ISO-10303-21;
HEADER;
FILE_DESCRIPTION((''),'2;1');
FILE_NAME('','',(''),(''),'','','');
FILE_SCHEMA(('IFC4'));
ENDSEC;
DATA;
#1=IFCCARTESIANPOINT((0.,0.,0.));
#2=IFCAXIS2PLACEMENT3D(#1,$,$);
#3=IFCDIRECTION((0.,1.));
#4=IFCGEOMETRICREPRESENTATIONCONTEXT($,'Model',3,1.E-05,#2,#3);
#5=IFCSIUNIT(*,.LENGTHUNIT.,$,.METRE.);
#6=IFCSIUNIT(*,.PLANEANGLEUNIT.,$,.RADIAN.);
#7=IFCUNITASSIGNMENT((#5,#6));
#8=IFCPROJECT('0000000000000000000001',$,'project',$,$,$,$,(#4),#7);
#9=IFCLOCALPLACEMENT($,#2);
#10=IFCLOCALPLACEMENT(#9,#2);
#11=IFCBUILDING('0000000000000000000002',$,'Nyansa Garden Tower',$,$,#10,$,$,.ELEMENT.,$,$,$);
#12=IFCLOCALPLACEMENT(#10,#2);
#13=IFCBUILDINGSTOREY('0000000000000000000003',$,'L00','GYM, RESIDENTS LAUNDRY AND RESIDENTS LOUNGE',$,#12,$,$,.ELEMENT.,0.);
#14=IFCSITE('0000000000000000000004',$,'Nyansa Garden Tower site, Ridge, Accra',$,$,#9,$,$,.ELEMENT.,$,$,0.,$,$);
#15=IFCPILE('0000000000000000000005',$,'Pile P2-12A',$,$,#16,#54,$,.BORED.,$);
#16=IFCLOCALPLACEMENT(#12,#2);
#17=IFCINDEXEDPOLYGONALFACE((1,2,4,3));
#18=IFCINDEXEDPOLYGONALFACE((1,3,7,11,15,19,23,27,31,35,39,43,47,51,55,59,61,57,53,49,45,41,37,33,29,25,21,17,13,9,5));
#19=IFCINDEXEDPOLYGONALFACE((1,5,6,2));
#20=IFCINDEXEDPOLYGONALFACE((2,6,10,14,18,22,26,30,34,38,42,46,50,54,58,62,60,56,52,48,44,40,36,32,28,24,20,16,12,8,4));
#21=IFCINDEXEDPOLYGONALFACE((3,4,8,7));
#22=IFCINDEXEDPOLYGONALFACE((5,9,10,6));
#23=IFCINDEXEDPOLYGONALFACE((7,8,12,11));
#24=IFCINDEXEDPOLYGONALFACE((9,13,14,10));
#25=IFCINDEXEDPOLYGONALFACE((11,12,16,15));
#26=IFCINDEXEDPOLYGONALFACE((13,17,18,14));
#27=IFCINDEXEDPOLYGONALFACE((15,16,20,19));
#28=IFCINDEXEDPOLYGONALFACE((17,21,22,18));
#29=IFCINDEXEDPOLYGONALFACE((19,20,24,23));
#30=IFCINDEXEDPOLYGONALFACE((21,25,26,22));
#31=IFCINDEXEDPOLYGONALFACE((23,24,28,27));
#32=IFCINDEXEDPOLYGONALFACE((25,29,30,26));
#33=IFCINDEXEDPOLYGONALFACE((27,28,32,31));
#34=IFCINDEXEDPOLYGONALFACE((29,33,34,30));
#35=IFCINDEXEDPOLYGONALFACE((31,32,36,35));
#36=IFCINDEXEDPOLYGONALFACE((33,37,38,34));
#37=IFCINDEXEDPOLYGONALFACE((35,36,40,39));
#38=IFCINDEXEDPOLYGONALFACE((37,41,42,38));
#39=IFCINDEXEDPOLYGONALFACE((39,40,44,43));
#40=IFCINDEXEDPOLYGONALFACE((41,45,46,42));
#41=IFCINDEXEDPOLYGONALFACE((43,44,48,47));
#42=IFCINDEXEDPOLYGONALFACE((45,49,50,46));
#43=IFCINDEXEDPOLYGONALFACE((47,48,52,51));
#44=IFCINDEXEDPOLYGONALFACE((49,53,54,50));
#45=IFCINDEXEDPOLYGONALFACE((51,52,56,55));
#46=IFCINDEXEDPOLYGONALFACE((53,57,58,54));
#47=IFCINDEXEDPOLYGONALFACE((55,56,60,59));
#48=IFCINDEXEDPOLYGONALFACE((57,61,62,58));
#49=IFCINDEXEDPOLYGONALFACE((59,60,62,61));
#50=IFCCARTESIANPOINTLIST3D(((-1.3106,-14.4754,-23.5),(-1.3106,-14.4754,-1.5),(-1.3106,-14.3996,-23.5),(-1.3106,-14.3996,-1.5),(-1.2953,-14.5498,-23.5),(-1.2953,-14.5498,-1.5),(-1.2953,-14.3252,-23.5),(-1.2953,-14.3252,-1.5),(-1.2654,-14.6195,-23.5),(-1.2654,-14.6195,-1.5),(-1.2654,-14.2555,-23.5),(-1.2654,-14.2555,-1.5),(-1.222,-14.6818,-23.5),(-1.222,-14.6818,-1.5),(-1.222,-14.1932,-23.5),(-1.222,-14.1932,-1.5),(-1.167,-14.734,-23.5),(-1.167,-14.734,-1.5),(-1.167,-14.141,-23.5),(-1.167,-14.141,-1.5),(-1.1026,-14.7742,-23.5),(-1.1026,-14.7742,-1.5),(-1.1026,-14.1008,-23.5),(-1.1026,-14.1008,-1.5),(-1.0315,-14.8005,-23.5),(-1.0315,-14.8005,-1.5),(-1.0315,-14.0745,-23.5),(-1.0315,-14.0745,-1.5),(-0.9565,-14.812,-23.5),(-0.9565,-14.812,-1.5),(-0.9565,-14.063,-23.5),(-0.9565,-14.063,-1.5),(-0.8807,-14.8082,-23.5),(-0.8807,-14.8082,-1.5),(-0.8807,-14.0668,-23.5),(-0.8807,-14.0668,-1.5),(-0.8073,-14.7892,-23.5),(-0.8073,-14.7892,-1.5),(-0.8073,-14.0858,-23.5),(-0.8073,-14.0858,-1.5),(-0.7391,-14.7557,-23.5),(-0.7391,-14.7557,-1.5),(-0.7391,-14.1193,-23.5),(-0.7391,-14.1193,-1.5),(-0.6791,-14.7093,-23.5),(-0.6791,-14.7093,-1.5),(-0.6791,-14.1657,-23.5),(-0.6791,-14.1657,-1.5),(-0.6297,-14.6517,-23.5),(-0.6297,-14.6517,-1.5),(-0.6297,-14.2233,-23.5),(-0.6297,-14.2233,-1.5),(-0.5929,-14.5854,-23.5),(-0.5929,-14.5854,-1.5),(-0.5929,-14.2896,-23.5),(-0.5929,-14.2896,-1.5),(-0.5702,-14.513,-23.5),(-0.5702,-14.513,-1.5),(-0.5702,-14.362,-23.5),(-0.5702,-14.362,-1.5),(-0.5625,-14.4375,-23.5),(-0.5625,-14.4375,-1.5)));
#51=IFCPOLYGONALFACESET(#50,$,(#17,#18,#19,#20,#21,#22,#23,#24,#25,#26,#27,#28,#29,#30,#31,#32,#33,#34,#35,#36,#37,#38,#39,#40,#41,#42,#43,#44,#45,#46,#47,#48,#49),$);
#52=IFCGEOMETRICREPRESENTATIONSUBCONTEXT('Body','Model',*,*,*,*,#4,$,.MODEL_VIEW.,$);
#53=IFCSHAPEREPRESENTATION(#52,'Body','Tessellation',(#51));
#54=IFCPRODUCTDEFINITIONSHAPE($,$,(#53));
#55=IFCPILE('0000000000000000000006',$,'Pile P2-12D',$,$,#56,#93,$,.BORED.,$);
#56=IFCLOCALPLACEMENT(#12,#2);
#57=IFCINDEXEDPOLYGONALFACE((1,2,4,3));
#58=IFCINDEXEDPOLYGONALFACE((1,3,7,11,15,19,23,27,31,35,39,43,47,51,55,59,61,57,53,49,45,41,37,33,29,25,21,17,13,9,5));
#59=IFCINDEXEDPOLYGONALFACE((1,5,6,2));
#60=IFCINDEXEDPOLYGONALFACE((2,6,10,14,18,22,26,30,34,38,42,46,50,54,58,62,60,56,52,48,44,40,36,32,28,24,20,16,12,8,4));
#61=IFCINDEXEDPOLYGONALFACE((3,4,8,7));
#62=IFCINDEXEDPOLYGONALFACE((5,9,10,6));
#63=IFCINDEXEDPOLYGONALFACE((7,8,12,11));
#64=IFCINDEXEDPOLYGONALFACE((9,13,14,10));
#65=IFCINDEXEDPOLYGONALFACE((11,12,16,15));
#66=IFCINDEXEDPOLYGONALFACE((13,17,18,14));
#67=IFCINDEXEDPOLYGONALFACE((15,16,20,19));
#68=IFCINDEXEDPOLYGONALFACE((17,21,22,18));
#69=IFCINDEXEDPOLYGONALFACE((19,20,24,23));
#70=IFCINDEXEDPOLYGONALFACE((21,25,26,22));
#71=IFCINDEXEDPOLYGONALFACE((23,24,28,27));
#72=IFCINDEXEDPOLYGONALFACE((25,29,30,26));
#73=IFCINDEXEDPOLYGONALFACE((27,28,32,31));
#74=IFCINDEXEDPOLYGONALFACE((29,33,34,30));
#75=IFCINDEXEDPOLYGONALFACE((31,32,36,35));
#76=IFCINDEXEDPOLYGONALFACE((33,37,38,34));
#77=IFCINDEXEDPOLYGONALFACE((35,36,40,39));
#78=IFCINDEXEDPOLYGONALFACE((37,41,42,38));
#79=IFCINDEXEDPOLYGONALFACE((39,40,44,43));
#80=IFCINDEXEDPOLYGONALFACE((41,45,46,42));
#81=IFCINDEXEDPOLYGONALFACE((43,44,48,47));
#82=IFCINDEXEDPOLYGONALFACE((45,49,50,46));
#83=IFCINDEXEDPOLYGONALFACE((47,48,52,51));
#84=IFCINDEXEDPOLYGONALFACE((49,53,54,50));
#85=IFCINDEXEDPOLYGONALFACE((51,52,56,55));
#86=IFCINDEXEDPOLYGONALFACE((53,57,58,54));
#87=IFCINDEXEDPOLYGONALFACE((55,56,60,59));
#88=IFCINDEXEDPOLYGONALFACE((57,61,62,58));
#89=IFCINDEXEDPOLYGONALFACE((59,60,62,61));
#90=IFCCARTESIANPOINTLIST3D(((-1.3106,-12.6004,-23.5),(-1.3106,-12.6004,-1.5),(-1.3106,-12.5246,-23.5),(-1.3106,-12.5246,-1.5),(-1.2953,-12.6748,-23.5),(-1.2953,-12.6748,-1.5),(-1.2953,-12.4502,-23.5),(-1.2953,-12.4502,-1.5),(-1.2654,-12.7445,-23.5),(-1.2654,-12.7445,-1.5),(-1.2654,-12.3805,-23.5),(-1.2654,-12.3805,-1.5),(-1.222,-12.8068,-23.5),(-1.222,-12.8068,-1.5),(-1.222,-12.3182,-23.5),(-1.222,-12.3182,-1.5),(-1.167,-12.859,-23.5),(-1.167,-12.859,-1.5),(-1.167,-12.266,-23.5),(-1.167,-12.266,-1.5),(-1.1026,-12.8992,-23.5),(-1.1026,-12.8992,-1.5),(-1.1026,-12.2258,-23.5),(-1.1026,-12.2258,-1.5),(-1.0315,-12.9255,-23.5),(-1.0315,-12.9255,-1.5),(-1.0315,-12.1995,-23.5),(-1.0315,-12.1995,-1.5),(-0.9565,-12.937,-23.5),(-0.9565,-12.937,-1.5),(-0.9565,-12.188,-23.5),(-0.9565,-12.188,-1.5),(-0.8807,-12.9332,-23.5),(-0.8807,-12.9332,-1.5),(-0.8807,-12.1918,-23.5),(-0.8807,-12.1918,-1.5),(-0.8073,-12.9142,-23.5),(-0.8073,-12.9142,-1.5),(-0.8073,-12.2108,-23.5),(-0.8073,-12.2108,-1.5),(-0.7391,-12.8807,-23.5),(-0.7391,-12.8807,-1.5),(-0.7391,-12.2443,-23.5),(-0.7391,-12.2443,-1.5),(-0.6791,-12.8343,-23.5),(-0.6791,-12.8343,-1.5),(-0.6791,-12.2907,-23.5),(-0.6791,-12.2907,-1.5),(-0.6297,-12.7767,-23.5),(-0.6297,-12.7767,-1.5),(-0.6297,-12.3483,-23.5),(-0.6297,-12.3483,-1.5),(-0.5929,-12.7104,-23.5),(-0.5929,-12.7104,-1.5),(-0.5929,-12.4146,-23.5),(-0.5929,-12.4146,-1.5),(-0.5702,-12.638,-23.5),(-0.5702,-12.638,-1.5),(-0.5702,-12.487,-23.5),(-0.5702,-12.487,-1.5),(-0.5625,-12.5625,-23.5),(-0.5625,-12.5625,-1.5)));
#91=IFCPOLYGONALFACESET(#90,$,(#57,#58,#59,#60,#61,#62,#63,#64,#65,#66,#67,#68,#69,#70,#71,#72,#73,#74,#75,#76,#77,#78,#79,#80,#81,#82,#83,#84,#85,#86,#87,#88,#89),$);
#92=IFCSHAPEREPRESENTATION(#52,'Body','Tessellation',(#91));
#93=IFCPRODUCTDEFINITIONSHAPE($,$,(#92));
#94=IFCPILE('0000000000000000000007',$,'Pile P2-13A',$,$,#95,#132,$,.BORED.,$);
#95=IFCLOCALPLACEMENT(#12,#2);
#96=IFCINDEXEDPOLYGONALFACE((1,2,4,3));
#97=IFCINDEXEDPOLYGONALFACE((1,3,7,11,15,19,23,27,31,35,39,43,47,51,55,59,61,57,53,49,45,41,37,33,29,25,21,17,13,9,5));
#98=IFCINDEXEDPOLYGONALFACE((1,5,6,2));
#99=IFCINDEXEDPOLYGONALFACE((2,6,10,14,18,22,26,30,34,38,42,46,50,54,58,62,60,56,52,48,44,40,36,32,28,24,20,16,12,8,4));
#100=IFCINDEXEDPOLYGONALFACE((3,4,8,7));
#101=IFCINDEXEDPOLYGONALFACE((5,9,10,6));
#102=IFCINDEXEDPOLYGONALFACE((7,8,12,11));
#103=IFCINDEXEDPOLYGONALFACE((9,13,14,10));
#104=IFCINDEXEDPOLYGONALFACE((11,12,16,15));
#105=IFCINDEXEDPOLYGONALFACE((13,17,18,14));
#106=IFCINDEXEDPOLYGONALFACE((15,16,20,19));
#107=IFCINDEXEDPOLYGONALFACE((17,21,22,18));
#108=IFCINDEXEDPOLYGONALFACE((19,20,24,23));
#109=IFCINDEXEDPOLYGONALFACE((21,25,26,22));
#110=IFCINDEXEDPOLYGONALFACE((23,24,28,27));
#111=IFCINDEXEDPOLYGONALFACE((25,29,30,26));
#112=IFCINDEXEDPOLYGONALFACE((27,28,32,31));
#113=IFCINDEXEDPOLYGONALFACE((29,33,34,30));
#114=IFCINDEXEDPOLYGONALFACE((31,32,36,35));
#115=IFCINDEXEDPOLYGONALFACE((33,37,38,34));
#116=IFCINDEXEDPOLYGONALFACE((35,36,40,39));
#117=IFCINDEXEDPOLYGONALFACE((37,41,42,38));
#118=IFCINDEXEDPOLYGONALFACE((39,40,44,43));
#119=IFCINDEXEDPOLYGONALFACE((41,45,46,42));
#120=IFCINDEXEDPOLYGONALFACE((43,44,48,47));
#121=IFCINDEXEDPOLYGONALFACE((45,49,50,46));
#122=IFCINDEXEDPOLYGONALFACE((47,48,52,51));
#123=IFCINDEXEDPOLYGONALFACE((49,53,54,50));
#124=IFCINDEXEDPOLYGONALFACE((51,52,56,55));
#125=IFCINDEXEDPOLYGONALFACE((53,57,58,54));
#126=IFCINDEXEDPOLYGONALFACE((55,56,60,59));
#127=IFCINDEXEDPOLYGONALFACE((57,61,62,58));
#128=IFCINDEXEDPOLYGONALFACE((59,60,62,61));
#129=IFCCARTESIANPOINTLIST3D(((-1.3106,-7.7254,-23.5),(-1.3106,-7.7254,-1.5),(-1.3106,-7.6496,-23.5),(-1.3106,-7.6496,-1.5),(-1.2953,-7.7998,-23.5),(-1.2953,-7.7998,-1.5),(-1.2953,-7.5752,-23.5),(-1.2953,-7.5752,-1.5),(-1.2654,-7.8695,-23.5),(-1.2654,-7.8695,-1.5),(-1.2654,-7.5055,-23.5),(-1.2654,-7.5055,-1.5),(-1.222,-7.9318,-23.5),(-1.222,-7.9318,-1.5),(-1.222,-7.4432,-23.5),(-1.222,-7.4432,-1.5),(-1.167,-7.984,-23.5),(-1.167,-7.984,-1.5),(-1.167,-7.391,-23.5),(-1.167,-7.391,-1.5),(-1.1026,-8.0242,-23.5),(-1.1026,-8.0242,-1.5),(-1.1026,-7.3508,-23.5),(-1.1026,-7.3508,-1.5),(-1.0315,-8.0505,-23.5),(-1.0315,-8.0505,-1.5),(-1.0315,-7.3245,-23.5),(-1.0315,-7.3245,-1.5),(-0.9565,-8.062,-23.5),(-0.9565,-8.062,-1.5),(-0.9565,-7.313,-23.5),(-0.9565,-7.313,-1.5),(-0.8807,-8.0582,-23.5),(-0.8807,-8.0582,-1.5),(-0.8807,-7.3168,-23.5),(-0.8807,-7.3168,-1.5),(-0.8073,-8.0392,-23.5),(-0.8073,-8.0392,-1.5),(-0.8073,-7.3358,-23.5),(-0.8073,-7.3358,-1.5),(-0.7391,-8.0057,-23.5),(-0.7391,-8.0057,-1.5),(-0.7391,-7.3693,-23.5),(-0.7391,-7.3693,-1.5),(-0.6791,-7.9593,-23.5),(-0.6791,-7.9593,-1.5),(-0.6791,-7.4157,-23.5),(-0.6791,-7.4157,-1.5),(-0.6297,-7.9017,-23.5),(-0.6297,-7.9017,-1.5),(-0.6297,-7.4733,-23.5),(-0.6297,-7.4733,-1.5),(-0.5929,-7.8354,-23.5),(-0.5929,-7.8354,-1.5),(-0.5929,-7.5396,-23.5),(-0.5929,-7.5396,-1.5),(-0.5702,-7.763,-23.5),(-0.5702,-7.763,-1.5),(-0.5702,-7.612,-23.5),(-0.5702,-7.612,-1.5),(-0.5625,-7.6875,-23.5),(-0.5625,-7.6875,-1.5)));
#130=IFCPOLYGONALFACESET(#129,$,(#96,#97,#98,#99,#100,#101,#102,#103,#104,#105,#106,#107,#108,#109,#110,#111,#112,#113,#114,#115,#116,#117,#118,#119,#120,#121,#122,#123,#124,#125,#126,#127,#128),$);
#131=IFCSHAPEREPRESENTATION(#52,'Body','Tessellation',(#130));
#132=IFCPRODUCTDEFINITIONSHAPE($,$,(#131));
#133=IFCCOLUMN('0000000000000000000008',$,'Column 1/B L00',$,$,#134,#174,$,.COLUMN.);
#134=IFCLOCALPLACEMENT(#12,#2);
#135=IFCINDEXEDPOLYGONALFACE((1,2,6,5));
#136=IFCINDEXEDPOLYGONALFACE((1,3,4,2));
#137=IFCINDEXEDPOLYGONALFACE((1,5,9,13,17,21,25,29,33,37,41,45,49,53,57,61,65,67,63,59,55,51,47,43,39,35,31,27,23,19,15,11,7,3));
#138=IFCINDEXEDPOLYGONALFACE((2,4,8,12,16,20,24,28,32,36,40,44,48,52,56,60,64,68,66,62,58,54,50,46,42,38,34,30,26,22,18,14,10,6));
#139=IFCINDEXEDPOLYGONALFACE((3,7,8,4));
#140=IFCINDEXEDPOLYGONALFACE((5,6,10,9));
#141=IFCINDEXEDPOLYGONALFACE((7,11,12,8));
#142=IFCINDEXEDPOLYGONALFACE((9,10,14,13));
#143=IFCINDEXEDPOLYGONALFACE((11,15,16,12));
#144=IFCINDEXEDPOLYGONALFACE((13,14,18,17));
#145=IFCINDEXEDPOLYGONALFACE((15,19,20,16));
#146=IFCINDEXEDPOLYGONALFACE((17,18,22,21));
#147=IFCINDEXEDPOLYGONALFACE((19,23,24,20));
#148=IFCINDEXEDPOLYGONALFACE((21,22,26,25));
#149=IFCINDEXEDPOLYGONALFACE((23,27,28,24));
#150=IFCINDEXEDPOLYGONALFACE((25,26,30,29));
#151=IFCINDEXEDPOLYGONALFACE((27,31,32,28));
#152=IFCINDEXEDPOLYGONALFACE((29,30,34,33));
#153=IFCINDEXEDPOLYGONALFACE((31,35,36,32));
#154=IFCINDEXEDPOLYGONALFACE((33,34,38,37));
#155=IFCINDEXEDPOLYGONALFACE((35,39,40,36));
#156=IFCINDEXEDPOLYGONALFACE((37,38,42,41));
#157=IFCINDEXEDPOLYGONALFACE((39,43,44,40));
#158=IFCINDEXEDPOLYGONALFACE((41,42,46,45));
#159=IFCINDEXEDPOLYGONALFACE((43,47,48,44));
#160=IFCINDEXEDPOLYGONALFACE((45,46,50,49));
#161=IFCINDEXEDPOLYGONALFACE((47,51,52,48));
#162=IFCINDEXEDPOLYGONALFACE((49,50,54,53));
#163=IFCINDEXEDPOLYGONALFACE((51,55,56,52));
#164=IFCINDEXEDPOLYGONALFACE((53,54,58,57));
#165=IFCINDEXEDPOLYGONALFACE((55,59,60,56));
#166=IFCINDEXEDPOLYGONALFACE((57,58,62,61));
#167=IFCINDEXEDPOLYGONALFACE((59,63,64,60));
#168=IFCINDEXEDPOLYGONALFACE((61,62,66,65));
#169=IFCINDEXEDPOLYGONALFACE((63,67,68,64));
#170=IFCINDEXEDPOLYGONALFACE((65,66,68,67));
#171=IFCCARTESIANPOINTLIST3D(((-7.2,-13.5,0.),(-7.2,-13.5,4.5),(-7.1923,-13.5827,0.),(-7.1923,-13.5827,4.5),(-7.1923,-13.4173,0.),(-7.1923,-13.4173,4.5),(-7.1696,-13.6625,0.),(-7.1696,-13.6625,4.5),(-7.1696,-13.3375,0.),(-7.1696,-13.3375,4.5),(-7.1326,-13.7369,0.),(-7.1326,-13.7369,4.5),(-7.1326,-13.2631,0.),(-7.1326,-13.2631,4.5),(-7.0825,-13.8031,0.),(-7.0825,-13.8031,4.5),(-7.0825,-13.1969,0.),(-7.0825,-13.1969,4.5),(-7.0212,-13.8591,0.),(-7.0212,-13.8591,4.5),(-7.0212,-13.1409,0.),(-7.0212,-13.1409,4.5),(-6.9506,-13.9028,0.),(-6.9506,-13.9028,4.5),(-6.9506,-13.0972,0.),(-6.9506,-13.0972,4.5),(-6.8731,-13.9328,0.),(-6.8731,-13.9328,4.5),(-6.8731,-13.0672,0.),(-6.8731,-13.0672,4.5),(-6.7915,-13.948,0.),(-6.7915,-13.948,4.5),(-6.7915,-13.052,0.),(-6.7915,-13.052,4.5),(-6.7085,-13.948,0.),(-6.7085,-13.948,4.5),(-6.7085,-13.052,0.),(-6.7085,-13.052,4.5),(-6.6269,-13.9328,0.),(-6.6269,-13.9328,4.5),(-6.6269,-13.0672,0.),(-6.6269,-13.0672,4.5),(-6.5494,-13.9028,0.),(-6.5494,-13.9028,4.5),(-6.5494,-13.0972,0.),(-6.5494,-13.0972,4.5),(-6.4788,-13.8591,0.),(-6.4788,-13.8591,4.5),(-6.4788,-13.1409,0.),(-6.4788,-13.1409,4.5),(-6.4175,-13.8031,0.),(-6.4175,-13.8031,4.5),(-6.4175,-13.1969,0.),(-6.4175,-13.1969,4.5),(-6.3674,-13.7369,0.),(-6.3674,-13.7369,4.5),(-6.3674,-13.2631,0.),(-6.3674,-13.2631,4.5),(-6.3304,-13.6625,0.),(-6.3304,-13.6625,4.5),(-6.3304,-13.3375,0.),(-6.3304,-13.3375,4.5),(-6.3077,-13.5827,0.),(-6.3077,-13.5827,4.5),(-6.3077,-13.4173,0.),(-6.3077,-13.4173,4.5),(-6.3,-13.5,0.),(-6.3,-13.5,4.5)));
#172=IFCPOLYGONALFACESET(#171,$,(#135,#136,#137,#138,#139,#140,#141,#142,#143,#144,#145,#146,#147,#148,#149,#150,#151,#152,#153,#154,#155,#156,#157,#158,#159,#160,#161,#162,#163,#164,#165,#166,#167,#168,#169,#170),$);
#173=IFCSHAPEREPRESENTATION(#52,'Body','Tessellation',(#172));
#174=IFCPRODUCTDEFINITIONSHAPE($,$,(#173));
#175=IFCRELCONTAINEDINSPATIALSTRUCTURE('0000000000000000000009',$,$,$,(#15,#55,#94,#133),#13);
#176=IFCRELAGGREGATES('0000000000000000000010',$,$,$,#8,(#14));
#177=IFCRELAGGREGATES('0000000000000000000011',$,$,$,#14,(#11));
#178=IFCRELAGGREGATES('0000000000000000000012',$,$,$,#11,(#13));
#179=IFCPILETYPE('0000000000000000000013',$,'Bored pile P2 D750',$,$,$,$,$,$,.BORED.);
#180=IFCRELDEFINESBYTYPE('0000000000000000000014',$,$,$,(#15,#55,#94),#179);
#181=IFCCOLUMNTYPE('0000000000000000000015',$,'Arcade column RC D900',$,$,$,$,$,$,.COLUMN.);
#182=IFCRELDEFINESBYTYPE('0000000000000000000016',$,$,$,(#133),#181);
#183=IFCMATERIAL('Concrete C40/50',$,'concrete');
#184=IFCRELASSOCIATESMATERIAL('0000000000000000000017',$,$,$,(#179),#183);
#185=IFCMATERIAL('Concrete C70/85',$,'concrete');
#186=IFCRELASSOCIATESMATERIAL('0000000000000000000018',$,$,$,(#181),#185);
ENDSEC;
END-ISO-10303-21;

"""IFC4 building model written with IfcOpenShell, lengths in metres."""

from ifc_helpers import new_model, si_unit, direction, frame, origin, origin_2d, place, context, subcontext, project, spatial, circle, extrude, material, material_profile, profile_set, type_object, element, save


model = new_model("IFC4")

# Units and contexts
model_context = context("Model", 3, precision=1e-05, world=origin(), true_north=direction((0.0, 1.0)))
body_context = subcontext(model_context, "Body", "Model", "MODEL_VIEW")
ifc_project = project(units=[si_unit("LENGTHUNIT", "METRE"), si_unit("PLANEANGLEUNIT", "RADIAN")], contexts=[model_context])

# Site, building, storey
site_placement = place(None, origin())
site = spatial("IfcSite", under=ifc_project, at=site_placement, Name="Nyansa Garden Tower site, Ridge, Accra", CompositionType="ELEMENT", RefElevation=0.0)
building_placement = place(site_placement, origin())
building = spatial("IfcBuilding", under=site, at=building_placement, Name="Nyansa Garden Tower", CompositionType="ELEMENT")
storey_placement = place(building_placement, origin())
storey = spatial("IfcBuildingStorey", under=building, at=storey_placement, Name="L00", Description="GYM, RESIDENTS LAUNDRY AND RESIDENTS LOUNGE", CompositionType="ELEMENT", Elevation=0.0)

# Piles
ifc_material_1 = material(Name="Concrete C40/50", Category="concrete")
pile_type = type_object("IfcPileType", Name="Bored pile P2 D750", PredefinedType="BORED", material=ifc_material_1)
for number, where, z_axis, x_axis, name in (
    (1, (-0.9375, -14.4375, -1.5), (0.0, 0.0, -1.0), (1.0, 0.0, 0.0), "Pile P2-12A"),
    (2, (-0.9375, -12.5625, -1.5), (0.0, 0.0, -1.0), (1.0, 0.0, 0.0), "Pile P2-12D"),
    (3, (-0.9375, -7.6875, -1.5), (0.0, 0.0, -1.0), (1.0, 0.0, 0.0), "Pile P2-13A"),
):
    element("IfcPile", number, at=place(storey_placement, frame(where, z_axis=z_axis, x_axis=x_axis)), inside=storey, type_object=pile_type, Name=name, PredefinedType="BORED", context=body_context, shape_type="SweptSolid", body=[
        extrude(circle(Radius=0.375, at=origin_2d()), origin(), (0.0, 0.0, 1.0), 22.0),
    ])

# Column
ifc_material_2 = material(Name="Concrete C70/85", Category="concrete")
ifc_material_profile_1 = material_profile(ifc_material_2, circle(Radius=0.45, at=origin_2d()), Name="RC D900")
ifc_profile_set_1 = profile_set([ifc_material_profile_1], Name="Concrete C70/85")
column_type = type_object("IfcColumnType", Name="Arcade column RC D900", PredefinedType="COLUMN", material=ifc_profile_set_1)
for number, where, z_axis, x_axis, name in (
    (4, (-6.75, -13.5, 0.0), (0.0, 0.0, 1.0), (1.0, 0.0, 0.0), "Column 1/B L00"),
):
    element("IfcColumn", number, at=place(storey_placement, frame(where, z_axis=z_axis, x_axis=x_axis)), inside=storey, type_object=column_type, Name=name, PredefinedType="COLUMN", context=body_context, shape_type="SweptSolid", body=[
        extrude(circle(Radius=0.45, at=origin_2d()), origin(), (0.0, 0.0, 1.0), 4.5),
    ])

save(model, "model.ifc")
